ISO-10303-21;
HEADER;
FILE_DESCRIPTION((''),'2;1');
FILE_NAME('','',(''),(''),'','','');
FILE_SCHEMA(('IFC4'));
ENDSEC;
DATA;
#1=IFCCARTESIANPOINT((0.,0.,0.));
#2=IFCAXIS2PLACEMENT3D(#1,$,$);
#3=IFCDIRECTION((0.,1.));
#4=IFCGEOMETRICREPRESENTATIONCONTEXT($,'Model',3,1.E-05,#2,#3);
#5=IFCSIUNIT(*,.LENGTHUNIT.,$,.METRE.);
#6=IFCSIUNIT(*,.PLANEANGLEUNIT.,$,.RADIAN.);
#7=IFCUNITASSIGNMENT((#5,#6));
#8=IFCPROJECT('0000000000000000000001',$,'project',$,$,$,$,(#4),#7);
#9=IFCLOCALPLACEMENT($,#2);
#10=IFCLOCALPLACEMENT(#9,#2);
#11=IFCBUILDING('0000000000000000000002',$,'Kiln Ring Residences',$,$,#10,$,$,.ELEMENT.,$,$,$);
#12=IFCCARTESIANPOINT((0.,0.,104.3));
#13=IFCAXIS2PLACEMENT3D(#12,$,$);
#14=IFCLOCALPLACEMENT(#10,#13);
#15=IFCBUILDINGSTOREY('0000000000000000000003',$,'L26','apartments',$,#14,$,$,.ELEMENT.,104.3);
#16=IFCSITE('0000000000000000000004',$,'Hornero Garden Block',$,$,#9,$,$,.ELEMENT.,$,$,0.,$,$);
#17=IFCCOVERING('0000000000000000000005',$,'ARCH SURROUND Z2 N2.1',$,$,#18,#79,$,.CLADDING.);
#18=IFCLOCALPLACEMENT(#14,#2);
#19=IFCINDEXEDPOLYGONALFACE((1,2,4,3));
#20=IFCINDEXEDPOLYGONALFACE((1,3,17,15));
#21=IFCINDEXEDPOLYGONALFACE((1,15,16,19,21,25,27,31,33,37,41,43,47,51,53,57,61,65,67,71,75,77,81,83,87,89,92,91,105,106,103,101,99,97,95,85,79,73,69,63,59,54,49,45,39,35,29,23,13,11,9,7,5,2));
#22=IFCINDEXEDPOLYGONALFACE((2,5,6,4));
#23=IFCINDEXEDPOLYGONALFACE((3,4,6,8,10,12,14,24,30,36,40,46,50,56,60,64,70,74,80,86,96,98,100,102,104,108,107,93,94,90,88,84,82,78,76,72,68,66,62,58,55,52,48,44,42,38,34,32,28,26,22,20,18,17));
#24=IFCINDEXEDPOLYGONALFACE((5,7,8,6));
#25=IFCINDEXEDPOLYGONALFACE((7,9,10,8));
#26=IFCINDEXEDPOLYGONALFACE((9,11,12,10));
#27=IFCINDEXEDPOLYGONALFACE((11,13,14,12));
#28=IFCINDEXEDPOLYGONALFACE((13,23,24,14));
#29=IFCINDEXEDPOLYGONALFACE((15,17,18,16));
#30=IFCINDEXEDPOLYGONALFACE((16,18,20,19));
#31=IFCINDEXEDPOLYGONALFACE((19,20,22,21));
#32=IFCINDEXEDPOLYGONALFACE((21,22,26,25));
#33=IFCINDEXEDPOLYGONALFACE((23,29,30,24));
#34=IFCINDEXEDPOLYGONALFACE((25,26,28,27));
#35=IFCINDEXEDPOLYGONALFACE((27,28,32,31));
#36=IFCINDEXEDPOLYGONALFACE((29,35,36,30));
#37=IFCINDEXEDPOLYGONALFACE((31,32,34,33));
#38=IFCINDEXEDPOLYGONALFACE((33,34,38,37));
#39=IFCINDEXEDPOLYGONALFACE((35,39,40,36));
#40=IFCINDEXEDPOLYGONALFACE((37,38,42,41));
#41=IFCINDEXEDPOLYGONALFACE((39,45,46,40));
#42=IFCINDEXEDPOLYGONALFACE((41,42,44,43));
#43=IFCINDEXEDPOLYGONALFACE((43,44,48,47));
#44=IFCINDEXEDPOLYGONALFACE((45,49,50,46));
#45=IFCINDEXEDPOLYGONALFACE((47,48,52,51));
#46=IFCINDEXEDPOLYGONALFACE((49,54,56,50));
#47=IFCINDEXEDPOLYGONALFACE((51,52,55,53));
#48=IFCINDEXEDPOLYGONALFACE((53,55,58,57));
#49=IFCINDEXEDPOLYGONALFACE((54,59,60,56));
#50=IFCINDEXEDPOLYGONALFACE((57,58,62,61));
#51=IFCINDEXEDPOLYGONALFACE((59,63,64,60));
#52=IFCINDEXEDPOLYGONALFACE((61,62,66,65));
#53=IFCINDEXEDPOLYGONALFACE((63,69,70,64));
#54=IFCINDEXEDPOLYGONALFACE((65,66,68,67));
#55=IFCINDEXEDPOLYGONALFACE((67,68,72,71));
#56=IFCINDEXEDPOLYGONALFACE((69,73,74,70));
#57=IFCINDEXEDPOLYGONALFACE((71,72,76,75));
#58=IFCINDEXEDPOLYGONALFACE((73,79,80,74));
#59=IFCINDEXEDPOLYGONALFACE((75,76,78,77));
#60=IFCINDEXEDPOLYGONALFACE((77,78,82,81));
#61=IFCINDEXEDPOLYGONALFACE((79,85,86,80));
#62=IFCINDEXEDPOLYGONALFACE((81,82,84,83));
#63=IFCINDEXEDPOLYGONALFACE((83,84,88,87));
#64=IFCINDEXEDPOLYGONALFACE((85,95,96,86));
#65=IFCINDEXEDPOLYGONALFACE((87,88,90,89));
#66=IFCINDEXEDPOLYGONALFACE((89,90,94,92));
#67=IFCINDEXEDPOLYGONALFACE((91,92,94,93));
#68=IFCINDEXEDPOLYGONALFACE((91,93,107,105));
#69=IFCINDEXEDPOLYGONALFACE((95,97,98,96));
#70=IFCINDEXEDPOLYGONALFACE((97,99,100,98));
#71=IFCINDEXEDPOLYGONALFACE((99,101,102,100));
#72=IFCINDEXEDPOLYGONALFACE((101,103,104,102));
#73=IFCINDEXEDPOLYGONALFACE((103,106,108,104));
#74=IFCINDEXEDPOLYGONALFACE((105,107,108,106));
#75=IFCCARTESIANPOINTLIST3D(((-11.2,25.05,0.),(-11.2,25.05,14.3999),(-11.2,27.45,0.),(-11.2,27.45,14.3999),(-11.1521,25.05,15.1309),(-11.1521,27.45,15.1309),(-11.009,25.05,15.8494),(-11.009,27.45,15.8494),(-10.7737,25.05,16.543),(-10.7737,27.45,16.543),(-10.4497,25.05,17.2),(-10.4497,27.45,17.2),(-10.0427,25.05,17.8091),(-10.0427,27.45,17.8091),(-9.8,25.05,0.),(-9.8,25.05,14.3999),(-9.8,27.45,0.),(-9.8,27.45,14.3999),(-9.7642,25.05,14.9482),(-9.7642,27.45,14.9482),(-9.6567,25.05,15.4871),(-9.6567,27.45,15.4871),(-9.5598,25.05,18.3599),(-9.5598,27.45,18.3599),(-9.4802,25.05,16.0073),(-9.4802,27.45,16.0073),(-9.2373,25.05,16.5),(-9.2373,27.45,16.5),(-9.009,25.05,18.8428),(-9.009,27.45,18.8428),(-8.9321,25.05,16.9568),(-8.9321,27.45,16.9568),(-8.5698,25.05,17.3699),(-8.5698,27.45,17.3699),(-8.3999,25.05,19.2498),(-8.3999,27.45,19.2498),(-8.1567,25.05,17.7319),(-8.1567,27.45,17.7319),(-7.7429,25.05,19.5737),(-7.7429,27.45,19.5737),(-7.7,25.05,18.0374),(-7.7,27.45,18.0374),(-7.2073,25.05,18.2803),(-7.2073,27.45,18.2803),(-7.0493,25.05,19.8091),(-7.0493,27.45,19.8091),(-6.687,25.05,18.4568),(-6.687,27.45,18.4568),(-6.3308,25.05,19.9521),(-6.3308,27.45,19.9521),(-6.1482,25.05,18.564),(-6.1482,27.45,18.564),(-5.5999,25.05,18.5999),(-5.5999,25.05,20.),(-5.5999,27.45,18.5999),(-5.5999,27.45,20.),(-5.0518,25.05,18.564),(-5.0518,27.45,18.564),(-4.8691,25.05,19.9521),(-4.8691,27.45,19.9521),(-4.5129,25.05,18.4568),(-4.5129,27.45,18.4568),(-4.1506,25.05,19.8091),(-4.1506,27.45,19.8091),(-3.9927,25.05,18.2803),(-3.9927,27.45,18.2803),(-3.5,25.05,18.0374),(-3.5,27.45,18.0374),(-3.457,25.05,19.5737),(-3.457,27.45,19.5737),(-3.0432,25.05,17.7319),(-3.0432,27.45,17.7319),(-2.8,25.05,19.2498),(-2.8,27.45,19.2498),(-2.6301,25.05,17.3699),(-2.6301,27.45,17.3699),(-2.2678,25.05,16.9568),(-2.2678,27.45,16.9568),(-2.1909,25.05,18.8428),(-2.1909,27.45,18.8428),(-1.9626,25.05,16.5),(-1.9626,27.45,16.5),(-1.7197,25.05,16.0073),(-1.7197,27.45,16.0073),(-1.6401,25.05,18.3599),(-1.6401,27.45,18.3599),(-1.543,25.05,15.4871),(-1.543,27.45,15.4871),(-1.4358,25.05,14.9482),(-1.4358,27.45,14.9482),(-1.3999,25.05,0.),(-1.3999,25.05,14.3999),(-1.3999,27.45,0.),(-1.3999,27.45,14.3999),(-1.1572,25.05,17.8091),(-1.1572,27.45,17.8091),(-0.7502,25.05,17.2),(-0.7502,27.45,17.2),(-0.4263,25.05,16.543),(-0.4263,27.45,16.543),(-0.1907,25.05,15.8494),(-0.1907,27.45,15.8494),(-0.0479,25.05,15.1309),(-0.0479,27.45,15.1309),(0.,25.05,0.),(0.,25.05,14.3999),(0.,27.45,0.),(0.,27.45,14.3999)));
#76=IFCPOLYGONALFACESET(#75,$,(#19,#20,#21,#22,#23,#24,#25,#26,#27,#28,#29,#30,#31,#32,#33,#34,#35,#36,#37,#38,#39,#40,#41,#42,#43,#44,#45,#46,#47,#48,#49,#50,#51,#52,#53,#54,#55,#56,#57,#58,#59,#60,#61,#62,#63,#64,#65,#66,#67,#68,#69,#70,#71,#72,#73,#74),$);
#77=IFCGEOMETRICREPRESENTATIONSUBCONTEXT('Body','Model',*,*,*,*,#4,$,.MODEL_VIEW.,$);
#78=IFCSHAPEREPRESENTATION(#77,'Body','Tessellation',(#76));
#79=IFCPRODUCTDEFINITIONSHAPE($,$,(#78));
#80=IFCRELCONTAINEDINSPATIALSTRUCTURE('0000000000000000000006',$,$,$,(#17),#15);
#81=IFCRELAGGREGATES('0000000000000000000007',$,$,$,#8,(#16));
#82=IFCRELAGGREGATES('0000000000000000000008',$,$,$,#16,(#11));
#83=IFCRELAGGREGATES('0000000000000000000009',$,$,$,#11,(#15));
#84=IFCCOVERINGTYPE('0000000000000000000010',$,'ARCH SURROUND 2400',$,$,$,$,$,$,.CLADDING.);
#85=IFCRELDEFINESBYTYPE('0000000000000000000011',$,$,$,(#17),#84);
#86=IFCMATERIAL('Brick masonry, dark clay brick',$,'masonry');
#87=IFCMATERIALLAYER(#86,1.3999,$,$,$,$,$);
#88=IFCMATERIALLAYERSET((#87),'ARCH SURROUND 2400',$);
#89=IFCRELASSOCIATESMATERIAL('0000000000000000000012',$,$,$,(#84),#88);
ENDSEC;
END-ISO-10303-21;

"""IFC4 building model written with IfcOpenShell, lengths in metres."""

from ifc_helpers import new_model, si_unit, direction, frame, origin, place, context, subcontext, project, spatial, polyline, outline, extrude, material, layer, layer_set, type_object, element, save


model = new_model("IFC4")

# Units and contexts
model_context = context("Model", 3, precision=1e-05, world=origin(), true_north=direction((0.0, 1.0)))
body_context = subcontext(model_context, "Body", "Model", "MODEL_VIEW")
ifc_project = project(units=[si_unit("LENGTHUNIT", "METRE"), si_unit("PLANEANGLEUNIT", "RADIAN")], contexts=[model_context])

# Site, building, storey
site_placement = place(None, origin())
site = spatial("IfcSite", under=ifc_project, at=site_placement, Name="Hornero Garden Block", CompositionType="ELEMENT", RefElevation=0.0)
building_placement = place(site_placement, origin())
building = spatial("IfcBuilding", under=site, at=building_placement, Name="Kiln Ring Residences", CompositionType="ELEMENT")
storey_placement = place(building_placement, frame((0.0, 0.0, 104.3)))
storey = spatial("IfcBuildingStorey", under=building, at=storey_placement, Name="L26", Description="apartments", CompositionType="ELEMENT", Elevation=104.3)

# Covering
ifc_material_1 = material(Name="Brick masonry, dark clay brick", Category="masonry")
ifc_layer_1 = layer(ifc_material_1, 1.3999)
ifc_layer_set_1 = layer_set([ifc_layer_1], Name="ARCH SURROUND 2400")
covering_type = type_object("IfcCoveringType", Name="ARCH SURROUND 2400", PredefinedType="CLADDING", material=ifc_layer_set_1)
covering_placement = place(storey_placement, frame((-11.2, 26.25, 0.0), z_axis=(0.0, 0.0, 1.0), x_axis=(1.0, 0.0, 0.0)))
element("IfcCovering", 1, at=covering_placement, inside=storey, type_object=covering_type, Name="ARCH SURROUND Z2 N2.1", PredefinedType="CLADDING", context=body_context, shape_type="SweptSolid", body=[
    extrude(outline(polyline([(0.0, 0.0), (0.0, 14.3999), (0.0479, 15.1309), (0.1909, 15.8494), (0.4263, 16.543), (0.7502, 17.2), (1.1572, 17.8091), (1.6401, 18.3599), (2.1909, 18.8428), (2.8, 19.2498), (3.457, 19.5737), (4.1506, 19.8091), (4.8691, 19.9521), (5.6001, 20.0), (6.3308, 19.9521), (7.0493, 19.8091), (7.7429, 19.5737), (8.3999, 19.2498), (9.009, 18.8428), (9.5598, 18.3599), (10.0427, 17.8091), (10.4497, 17.2), (10.7737, 16.543), (11.0093, 15.8494), (11.1521, 15.1309), (11.2, 14.3999), (11.2, 0.0), (9.8, 0.0), (9.8, 14.3999), (9.7642, 14.9482), (9.657, 15.4871), (9.4802, 16.0073), (9.2373, 16.5), (8.9321, 16.9568), (8.5698, 17.3699), (8.1567, 17.7319), (7.7, 18.0374), (7.2073, 18.2803), (6.687, 18.4568), (6.1482, 18.564), (5.6001, 18.5999), (5.0518, 18.564), (4.5129, 18.4568), (3.9927, 18.2803), (3.5, 18.0374), (3.0432, 17.7319), (2.6301, 17.3699), (2.2678, 16.9568), (1.9626, 16.5), (1.7197, 16.0073), (1.5432, 15.4871), (1.4358, 14.9482), (1.3999, 14.3999), (1.3999, 0.0), (0.0, 0.0)])), frame((0.0, 1.2, 0.0), z_axis=(0.0, -1.0, 0.0), x_axis=(1.0, 0.0, 0.0)), (0.0, 0.0, 1.0), 2.3999),
])

save(model, "model.ifc")
